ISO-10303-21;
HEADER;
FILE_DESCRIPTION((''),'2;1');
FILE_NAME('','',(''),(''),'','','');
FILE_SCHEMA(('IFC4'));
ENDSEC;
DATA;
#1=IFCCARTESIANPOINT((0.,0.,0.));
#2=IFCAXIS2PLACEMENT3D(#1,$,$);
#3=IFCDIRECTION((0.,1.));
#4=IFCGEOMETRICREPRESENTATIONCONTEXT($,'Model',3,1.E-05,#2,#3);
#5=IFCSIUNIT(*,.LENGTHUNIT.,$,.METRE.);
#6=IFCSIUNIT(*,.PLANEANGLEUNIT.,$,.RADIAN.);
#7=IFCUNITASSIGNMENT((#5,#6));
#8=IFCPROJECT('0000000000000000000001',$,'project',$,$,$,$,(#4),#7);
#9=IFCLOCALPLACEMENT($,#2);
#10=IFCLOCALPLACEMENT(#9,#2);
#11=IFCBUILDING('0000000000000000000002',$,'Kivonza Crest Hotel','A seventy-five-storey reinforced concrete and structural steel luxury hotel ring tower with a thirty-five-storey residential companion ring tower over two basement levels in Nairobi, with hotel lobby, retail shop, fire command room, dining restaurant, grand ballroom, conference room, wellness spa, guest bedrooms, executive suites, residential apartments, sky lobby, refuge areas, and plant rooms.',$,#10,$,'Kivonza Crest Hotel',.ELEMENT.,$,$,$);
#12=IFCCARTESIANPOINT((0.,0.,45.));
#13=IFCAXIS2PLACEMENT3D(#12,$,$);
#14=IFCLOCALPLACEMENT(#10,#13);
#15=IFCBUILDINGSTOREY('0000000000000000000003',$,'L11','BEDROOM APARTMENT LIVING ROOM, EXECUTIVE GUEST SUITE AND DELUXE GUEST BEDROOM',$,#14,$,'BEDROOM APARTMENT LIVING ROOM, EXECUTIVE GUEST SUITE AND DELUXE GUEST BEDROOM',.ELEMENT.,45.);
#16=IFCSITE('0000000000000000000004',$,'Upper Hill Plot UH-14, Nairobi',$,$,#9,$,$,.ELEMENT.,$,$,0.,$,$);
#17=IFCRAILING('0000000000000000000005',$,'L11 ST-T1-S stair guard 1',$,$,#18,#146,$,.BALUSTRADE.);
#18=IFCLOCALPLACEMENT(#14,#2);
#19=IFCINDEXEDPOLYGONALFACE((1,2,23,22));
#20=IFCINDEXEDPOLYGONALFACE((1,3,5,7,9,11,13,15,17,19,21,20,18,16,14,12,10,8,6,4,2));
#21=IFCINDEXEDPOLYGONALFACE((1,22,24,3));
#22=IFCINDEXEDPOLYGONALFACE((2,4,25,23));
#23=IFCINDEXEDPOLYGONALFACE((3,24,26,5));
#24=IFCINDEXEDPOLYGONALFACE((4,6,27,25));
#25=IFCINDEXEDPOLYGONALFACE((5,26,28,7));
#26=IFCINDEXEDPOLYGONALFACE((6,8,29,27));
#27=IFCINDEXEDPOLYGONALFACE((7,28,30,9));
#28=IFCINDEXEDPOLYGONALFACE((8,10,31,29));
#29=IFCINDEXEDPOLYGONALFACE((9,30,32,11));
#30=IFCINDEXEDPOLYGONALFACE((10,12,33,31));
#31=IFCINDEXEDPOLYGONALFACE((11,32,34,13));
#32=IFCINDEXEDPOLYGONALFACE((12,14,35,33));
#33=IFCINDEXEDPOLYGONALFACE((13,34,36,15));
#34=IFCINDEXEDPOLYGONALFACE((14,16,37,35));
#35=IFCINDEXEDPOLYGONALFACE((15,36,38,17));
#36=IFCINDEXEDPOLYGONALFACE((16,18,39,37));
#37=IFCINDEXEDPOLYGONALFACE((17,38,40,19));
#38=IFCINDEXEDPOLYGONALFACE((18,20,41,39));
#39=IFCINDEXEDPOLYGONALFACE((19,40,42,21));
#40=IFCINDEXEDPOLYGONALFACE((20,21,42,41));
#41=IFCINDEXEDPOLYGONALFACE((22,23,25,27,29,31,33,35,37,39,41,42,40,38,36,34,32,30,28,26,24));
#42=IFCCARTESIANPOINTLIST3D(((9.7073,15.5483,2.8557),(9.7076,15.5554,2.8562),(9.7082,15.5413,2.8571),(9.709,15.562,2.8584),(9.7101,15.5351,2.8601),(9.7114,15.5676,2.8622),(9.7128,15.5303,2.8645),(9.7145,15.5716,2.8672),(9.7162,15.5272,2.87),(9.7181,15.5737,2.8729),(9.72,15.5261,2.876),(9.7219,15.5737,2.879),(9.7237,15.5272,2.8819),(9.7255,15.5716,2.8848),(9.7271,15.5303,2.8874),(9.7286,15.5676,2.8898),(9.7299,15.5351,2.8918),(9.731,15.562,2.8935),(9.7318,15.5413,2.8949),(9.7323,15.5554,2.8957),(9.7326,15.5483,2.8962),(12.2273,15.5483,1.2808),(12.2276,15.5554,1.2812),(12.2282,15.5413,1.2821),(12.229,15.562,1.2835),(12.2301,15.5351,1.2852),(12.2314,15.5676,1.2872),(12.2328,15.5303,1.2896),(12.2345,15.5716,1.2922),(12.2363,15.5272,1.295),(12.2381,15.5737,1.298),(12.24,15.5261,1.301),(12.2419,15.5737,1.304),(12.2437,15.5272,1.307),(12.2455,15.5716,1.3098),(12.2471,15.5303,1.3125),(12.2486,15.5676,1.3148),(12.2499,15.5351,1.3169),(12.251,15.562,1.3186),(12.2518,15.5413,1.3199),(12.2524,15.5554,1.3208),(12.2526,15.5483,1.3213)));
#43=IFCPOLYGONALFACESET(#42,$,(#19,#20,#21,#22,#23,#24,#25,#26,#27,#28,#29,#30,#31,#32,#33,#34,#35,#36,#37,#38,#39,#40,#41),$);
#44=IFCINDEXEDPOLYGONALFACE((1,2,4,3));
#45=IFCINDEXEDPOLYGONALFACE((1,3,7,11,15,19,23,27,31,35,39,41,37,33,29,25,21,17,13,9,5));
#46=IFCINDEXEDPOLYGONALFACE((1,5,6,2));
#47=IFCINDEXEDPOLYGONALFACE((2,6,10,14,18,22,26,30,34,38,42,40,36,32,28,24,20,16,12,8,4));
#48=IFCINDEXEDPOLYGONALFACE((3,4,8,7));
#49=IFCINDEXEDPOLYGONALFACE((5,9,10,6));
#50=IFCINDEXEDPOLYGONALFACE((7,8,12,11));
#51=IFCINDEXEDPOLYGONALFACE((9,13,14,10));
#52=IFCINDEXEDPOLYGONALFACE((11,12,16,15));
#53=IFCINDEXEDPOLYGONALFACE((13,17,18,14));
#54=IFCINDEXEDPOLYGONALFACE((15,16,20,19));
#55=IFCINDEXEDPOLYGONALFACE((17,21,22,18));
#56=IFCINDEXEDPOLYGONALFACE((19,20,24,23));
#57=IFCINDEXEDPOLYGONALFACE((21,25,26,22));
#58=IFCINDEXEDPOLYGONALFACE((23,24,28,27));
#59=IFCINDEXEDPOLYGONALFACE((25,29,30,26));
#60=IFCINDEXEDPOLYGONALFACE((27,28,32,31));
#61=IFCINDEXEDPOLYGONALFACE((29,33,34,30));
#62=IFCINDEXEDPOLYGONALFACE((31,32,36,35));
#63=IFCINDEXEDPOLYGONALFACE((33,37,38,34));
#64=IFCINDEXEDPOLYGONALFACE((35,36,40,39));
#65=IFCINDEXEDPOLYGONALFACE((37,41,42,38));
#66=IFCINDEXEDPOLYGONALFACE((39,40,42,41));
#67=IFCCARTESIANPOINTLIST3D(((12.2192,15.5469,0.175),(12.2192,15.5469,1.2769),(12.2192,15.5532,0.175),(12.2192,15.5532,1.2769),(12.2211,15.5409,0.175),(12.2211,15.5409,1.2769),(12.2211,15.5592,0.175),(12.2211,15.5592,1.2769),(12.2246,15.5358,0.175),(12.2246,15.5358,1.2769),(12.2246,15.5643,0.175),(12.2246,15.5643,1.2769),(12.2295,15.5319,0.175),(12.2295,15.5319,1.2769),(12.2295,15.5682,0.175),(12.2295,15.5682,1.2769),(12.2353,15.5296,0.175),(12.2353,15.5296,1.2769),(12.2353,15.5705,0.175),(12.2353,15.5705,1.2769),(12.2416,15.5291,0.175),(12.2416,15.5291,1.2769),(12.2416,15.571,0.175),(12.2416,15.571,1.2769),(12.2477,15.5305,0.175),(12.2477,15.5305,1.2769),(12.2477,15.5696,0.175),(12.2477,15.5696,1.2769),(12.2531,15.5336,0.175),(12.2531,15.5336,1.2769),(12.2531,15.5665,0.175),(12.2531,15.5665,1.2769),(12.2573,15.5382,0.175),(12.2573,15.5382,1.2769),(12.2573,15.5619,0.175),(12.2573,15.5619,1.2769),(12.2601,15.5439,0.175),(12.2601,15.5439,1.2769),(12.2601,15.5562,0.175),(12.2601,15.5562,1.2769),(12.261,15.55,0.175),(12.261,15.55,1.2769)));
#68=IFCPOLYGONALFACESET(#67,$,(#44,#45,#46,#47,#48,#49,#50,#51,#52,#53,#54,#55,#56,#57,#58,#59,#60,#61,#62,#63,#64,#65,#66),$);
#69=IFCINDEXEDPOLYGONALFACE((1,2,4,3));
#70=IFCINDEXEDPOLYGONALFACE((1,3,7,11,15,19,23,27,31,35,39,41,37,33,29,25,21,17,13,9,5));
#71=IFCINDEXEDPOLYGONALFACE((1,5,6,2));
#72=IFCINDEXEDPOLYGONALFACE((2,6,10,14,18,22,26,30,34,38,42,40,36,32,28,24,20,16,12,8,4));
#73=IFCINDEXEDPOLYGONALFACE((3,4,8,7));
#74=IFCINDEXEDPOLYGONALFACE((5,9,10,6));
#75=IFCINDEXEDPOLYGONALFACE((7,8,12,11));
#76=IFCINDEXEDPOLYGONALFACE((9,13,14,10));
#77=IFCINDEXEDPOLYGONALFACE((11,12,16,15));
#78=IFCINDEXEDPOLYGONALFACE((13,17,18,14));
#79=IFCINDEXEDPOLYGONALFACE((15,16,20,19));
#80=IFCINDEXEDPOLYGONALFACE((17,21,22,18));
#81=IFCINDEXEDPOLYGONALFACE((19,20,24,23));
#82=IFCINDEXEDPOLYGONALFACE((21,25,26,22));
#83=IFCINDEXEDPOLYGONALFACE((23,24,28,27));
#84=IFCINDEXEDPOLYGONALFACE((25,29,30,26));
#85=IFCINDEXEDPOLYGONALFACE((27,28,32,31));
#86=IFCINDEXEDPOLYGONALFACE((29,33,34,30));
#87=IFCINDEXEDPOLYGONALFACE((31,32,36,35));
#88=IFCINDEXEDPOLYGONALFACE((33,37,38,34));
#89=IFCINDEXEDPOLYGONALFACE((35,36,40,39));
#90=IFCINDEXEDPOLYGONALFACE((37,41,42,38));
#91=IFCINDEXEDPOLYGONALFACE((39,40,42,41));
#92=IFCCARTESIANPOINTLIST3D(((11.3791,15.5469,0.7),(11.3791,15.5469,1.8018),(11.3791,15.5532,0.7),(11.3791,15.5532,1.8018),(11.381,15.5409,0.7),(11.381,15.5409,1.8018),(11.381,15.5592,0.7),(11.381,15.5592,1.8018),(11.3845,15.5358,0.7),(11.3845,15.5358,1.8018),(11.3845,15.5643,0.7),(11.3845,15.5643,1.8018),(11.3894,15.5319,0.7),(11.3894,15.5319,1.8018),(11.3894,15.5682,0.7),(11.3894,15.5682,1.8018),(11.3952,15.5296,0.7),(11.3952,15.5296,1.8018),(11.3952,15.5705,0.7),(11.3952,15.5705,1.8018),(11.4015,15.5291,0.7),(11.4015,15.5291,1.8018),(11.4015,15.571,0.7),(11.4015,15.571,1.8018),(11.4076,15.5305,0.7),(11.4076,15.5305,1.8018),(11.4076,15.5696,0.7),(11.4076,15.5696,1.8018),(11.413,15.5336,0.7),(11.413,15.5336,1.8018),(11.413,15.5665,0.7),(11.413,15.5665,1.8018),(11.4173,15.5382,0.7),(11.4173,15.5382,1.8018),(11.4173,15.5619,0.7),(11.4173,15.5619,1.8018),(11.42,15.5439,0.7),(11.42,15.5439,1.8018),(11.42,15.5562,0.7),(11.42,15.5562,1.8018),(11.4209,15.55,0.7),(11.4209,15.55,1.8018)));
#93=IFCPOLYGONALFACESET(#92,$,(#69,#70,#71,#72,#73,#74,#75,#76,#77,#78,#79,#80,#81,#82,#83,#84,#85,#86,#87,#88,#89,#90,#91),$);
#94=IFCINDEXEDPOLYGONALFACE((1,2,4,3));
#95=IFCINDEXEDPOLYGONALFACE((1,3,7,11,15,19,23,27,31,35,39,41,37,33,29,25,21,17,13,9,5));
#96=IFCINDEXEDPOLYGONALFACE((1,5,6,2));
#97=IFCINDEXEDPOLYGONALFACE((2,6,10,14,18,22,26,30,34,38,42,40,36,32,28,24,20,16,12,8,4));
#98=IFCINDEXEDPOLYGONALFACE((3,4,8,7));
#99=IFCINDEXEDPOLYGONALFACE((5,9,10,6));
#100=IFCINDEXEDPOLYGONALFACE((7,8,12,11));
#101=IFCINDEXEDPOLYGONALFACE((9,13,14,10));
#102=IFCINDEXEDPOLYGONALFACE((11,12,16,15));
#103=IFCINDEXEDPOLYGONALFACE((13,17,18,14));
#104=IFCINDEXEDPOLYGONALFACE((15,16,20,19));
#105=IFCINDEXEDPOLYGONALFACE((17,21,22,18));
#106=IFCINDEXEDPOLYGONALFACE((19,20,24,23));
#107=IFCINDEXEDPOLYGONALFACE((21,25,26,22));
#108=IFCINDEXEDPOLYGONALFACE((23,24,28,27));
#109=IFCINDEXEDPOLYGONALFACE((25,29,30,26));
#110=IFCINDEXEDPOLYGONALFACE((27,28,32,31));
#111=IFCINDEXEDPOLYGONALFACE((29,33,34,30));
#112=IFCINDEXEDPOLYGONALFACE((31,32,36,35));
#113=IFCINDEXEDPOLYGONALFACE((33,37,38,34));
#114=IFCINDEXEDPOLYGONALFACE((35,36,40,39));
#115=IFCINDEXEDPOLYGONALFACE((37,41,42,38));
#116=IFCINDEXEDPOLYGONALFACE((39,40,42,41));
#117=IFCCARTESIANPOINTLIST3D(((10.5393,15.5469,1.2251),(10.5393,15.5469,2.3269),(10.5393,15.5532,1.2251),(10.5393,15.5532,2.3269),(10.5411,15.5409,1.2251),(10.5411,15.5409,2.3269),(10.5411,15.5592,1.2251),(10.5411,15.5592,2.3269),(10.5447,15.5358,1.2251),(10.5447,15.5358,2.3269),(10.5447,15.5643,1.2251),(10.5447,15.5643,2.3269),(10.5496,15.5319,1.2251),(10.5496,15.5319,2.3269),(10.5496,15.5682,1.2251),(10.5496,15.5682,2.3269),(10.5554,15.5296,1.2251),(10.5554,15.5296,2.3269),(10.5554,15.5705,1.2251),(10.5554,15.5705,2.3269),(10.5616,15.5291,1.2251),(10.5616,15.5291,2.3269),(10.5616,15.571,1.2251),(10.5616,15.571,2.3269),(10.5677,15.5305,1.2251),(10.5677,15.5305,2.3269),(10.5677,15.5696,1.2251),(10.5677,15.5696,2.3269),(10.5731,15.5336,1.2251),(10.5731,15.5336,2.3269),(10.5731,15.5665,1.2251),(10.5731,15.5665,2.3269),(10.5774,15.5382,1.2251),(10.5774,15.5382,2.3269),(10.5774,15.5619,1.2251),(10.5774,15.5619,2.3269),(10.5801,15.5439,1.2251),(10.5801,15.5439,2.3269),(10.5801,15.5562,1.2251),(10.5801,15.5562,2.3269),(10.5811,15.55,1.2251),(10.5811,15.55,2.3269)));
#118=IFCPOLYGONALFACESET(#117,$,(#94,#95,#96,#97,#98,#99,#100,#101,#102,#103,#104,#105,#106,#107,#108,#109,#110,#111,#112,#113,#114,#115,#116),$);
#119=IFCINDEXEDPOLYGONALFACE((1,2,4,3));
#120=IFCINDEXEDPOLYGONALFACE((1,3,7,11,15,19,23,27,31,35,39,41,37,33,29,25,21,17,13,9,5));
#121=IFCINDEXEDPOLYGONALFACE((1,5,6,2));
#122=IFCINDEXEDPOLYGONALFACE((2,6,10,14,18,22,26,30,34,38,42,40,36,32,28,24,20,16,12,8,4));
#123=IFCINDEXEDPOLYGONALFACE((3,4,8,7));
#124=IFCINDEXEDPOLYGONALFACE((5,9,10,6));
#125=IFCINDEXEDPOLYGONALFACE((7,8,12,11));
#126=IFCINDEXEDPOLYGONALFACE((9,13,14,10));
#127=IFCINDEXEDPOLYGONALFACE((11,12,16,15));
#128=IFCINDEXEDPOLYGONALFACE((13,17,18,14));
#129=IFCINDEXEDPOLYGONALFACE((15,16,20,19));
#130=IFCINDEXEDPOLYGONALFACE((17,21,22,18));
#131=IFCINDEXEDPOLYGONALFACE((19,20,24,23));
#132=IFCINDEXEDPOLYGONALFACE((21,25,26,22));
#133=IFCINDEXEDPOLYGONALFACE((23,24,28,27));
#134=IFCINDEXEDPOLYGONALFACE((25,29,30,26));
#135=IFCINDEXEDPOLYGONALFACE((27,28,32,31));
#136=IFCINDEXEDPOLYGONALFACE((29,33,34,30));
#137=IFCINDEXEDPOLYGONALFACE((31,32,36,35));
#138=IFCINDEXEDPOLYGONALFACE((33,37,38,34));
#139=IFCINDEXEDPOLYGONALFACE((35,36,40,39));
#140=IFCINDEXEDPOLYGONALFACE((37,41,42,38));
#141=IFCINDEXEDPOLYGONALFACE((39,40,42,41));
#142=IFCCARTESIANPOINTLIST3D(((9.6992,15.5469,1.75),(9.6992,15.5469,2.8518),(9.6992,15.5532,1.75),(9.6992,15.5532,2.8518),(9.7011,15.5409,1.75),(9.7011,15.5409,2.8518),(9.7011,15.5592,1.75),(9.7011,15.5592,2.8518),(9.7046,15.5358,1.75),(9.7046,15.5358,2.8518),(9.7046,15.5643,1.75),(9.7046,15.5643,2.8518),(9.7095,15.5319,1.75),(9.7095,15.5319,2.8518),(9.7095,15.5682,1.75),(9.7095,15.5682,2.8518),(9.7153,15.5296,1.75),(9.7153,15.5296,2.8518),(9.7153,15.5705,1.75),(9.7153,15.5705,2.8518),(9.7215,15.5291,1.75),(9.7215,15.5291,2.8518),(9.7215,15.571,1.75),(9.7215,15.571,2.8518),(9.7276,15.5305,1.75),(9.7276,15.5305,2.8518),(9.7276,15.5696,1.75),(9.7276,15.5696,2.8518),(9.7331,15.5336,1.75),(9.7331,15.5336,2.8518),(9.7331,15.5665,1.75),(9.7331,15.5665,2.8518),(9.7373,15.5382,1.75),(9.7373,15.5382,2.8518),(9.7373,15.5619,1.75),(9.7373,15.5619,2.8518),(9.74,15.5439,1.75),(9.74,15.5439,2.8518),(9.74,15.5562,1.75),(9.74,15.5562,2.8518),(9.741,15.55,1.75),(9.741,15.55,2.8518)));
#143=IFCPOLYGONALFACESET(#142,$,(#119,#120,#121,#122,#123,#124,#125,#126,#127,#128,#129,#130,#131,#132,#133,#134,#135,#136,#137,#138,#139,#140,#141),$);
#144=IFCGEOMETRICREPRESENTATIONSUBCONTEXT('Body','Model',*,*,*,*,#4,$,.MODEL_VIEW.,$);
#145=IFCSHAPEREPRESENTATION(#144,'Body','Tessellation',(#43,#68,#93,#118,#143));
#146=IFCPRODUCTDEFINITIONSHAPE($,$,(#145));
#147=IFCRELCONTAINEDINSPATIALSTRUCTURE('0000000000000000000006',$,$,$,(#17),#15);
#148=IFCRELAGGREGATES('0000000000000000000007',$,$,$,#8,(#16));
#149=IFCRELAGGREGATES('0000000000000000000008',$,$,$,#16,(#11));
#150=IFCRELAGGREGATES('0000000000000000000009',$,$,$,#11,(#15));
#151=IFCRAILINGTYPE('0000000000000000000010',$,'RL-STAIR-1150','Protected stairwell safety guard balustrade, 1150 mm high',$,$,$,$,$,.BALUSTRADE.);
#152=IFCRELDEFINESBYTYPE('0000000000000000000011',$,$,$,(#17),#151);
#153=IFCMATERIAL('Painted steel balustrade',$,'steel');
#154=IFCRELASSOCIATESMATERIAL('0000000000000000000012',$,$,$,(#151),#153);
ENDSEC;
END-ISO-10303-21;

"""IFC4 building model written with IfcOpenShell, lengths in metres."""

from ifc_helpers import new_model, si_unit, direction, frame, origin, origin_2d, place, context, subcontext, project, spatial, circle, extrude, material, type_object, element, save


model = new_model("IFC4")

# Units and contexts
model_context = context("Model", 3, precision=1e-05, world=origin(), true_north=direction((0.0, 1.0)))
body_context = subcontext(model_context, "Body", "Model", "MODEL_VIEW")
ifc_project = project(units=[si_unit("LENGTHUNIT", "METRE"), si_unit("PLANEANGLEUNIT", "RADIAN")], contexts=[model_context])

# Site, building, storey
site_placement = place(None, origin())
site = spatial("IfcSite", under=ifc_project, at=site_placement, Name="Upper Hill Plot UH-14, Nairobi", CompositionType="ELEMENT", RefElevation=0.0)
building_placement = place(site_placement, origin())
building = spatial("IfcBuilding", under=site, at=building_placement, Name="Kivonza Crest Hotel", Description="A seventy-five-storey reinforced concrete and structural steel luxury hotel ring tower with a thirty-five-storey residential companion ring tower over two basement levels in Nairobi, with hotel lobby, retail shop, fire command room, dining restaurant, grand ballroom, conference room, wellness spa, guest bedrooms, executive suites, residential apartments, sky lobby, refuge areas, and plant rooms.", LongName="Kivonza Crest Hotel", CompositionType="ELEMENT")
storey_placement = place(building_placement, frame((0.0, 0.0, 45.0)))
storey = spatial("IfcBuildingStorey", under=building, at=storey_placement, Name="L11", Description="BEDROOM APARTMENT LIVING ROOM, EXECUTIVE GUEST SUITE AND DELUXE GUEST BEDROOM", LongName="BEDROOM APARTMENT LIVING ROOM, EXECUTIVE GUEST SUITE AND DELUXE GUEST BEDROOM", CompositionType="ELEMENT", Elevation=45.0)

# Railing
ifc_material_1 = material(Name="Painted steel balustrade", Category="steel")
railing_type_1 = type_object("IfcRailingType", Name="RL-STAIR-1150", Description="Protected stairwell safety guard balustrade, 1150 mm high", PredefinedType="BALUSTRADE", material=ifc_material_1)
railing_1_placement = place(storey_placement, frame((12.24, 15.55, 0.175)))
element("IfcRailing", 1, at=railing_1_placement, inside=storey, type_object=railing_type_1, Name="L11 ST-T1-S stair guard 1", PredefinedType="BALUSTRADE", context=body_context, shape_type="SweptSolid", body=[
    extrude(circle(Radius=0.0239, at=origin_2d()), frame((0.0, 0.0, 1.126), z_axis=(-0.848008, 0.0, 0.529984), x_axis=(0.0, -1.0, 0.0)), (0.0, 0.0, 1.0), 2.9717),
    extrude(circle(Radius=0.021, at=origin_2d()), origin(), (0.0, 0.0, 1.0), 1.1018),
    extrude(circle(Radius=0.021, at=origin_2d()), frame((-0.8401, 0.0, 0.5249)), (0.0, 0.0, 1.0), 1.1018),
    extrude(circle(Radius=0.021, at=origin_2d()), frame((-1.6799, 0.0, 1.05)), (0.0, 0.0, 1.0), 1.1018),
    extrude(circle(Radius=0.021, at=origin_2d()), frame((-2.52, 0.0, 1.575)), (0.0, 0.0, 1.0), 1.1018),
])

save(model, "model.ifc")
